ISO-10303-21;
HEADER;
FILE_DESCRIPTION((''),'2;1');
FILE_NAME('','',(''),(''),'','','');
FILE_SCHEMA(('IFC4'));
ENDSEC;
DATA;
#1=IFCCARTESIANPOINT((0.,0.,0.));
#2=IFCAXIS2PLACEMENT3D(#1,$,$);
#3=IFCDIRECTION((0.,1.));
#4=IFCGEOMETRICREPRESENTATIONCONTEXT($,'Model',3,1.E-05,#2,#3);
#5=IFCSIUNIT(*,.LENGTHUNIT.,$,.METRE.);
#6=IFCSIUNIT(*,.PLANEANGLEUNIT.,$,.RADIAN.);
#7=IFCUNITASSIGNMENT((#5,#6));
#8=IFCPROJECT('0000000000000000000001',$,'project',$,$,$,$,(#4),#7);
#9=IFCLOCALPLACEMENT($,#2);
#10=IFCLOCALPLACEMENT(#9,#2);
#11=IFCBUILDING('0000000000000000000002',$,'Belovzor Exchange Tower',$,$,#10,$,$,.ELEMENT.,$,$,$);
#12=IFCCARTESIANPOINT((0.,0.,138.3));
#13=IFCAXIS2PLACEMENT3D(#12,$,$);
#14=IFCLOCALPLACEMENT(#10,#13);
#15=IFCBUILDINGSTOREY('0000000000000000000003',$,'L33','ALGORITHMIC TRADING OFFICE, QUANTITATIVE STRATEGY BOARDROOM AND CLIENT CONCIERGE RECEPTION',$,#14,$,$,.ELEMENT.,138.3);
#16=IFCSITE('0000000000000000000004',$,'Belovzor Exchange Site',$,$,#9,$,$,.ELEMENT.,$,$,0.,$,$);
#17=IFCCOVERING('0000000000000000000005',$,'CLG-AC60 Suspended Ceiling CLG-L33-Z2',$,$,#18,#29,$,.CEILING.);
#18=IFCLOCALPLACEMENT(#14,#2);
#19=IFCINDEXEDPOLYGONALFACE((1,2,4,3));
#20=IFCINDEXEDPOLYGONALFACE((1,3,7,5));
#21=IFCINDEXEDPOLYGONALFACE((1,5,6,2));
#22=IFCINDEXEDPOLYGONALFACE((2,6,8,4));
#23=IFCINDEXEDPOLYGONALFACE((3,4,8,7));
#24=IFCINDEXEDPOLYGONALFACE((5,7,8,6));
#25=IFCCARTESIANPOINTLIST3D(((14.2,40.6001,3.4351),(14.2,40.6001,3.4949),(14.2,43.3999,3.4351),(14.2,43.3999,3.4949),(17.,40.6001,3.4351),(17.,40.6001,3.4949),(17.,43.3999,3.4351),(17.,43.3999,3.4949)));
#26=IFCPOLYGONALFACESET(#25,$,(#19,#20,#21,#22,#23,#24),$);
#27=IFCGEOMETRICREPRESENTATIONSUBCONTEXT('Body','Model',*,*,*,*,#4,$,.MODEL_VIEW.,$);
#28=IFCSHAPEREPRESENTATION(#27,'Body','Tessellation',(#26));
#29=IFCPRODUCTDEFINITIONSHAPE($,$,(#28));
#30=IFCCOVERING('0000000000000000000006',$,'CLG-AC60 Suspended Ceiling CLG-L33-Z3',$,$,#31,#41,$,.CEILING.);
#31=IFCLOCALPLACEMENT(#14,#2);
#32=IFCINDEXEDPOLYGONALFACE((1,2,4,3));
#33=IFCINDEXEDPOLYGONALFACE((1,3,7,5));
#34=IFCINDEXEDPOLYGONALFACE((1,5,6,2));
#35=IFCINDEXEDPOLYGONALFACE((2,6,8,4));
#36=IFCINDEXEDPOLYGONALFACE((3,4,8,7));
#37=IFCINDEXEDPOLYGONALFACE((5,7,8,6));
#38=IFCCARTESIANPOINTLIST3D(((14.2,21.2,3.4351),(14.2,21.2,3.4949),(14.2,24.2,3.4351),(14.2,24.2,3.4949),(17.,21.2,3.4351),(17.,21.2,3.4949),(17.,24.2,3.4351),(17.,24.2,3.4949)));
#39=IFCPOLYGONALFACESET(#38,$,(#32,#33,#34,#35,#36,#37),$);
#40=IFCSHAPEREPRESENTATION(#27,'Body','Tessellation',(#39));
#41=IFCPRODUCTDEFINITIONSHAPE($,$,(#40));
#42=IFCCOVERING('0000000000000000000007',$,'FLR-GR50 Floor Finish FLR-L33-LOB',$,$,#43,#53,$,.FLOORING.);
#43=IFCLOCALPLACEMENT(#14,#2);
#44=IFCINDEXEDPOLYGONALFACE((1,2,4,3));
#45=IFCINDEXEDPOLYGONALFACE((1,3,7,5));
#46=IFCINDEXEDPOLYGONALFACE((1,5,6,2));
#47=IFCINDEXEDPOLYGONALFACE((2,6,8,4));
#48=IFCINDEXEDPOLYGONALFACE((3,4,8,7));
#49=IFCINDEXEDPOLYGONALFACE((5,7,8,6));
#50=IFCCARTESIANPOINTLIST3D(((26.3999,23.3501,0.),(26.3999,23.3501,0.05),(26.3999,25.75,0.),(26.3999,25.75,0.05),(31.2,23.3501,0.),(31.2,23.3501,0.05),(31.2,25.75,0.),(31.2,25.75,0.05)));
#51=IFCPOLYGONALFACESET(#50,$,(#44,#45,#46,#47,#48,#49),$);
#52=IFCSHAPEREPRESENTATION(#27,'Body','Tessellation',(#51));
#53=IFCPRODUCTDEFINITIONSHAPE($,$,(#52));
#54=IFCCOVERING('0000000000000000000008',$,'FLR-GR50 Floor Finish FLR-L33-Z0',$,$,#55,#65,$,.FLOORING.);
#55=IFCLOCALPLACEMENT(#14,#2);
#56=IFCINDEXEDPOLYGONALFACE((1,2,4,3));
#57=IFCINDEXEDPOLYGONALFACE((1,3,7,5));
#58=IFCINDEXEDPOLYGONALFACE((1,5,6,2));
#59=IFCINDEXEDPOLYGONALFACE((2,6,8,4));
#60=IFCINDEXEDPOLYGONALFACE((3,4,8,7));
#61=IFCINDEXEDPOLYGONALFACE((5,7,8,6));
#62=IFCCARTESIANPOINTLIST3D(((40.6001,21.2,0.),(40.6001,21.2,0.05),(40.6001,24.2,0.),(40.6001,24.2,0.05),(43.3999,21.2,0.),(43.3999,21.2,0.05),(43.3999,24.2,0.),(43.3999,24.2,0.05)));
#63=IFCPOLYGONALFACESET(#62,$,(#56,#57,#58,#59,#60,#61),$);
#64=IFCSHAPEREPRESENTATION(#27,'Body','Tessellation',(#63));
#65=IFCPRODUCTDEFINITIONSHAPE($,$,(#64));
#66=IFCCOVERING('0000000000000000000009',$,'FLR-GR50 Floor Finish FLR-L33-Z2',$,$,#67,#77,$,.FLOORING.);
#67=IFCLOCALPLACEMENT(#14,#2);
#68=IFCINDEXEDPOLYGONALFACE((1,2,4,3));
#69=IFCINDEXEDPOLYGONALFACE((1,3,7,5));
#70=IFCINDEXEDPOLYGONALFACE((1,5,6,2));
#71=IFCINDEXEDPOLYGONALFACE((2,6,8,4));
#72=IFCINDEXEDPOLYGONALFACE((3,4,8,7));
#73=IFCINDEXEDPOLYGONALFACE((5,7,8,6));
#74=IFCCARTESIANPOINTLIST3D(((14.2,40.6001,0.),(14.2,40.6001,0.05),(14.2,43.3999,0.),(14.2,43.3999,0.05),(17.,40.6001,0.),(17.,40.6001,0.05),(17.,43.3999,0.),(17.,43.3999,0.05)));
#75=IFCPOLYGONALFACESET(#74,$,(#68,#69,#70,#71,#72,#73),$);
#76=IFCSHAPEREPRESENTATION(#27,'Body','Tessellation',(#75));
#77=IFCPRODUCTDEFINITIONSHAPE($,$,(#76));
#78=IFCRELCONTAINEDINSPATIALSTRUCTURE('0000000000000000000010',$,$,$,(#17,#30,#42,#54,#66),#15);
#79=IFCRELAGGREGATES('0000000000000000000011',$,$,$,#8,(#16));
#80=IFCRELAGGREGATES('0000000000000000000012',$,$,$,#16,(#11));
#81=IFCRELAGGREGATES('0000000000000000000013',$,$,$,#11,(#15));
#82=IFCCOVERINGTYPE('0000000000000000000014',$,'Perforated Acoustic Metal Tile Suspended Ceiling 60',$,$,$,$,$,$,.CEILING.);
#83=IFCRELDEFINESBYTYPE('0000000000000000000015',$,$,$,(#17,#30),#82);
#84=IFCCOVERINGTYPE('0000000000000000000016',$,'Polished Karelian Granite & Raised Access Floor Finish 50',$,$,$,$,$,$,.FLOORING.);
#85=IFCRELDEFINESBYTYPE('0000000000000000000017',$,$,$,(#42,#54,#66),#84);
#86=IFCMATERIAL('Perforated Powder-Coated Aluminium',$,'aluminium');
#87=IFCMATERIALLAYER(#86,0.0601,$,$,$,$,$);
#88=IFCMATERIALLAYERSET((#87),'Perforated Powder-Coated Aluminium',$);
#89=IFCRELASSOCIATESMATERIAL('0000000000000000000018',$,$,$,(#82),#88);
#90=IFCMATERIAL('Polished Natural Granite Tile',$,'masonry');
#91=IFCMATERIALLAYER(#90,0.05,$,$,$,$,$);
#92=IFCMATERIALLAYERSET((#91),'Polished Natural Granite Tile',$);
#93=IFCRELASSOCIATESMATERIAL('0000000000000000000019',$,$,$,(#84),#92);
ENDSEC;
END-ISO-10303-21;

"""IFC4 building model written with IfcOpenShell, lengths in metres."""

from ifc_helpers import new_model, si_unit, direction, frame, origin, place, context, subcontext, project, spatial, polyline, outline, extrude, material, layer, layer_set, type_object, element, save


model = new_model("IFC4")

# Units and contexts
model_context = context("Model", 3, precision=1e-05, world=origin(), true_north=direction((0.0, 1.0)))
body_context = subcontext(model_context, "Body", "Model", "MODEL_VIEW")
ifc_project = project(units=[si_unit("LENGTHUNIT", "METRE"), si_unit("PLANEANGLEUNIT", "RADIAN")], contexts=[model_context])

# Site, building, storey
site_placement = place(None, origin())
site = spatial("IfcSite", under=ifc_project, at=site_placement, Name="Belovzor Exchange Site", CompositionType="ELEMENT", RefElevation=0.0)
building_placement = place(site_placement, origin())
building = spatial("IfcBuilding", under=site, at=building_placement, Name="Belovzor Exchange Tower", CompositionType="ELEMENT")
storey_placement = place(building_placement, frame((0.0, 0.0, 138.3)))
storey = spatial("IfcBuildingStorey", under=building, at=storey_placement, Name="L33", Description="ALGORITHMIC TRADING OFFICE, QUANTITATIVE STRATEGY BOARDROOM AND CLIENT CONCIERGE RECEPTION", CompositionType="ELEMENT", Elevation=138.3)

# Coverings
ifc_material_1 = material(Name="Perforated Powder-Coated Aluminium", Category="aluminium")
ifc_layer_1 = layer(ifc_material_1, 0.0601)
ifc_layer_set_1 = layer_set([ifc_layer_1], Name="Perforated Powder-Coated Aluminium")
covering_type_1 = type_object("IfcCoveringType", Name="Perforated Acoustic Metal Tile Suspended Ceiling 60", PredefinedType="CEILING", material=ifc_layer_set_1)
covering_1_placement = place(storey_placement, frame((0.0, 0.0, 3.4351)))
element("IfcCovering", 1, at=covering_1_placement, inside=storey, type_object=covering_type_1, Name="CLG-AC60 Suspended Ceiling CLG-L33-Z2", PredefinedType="CEILING", context=body_context, shape_type="SweptSolid", body=[
    extrude(outline(polyline([(14.2, 40.6001), (17.0, 40.6001), (17.0, 43.3999), (14.2, 43.3999), (14.2, 40.6001)])), origin(), (0.0, 0.0, 1.0), 0.0598),
])
covering_2_placement = place(storey_placement, frame((0.0, 0.0, 3.4351)))
element("IfcCovering", 2, at=covering_2_placement, inside=storey, type_object=covering_type_1, Name="CLG-AC60 Suspended Ceiling CLG-L33-Z3", PredefinedType="CEILING", context=body_context, shape_type="SweptSolid", body=[
    extrude(outline(polyline([(14.2, 21.2), (17.0, 21.2), (17.0, 24.2), (14.2, 24.2), (14.2, 21.2)])), origin(), (0.0, 0.0, 1.0), 0.0598),
])
ifc_material_2 = material(Name="Polished Natural Granite Tile", Category="masonry")
ifc_layer_2 = layer(ifc_material_2, 0.05)
ifc_layer_set_2 = layer_set([ifc_layer_2], Name="Polished Natural Granite Tile")
covering_type_2 = type_object("IfcCoveringType", Name="Polished Karelian Granite & Raised Access Floor Finish 50", PredefinedType="FLOORING", material=ifc_layer_set_2)
covering_3_placement = place(storey_placement, origin())
element("IfcCovering", 3, at=covering_3_placement, inside=storey, type_object=covering_type_2, Name="FLR-GR50 Floor Finish FLR-L33-LOB", PredefinedType="FLOORING", context=body_context, shape_type="SweptSolid", body=[
    extrude(outline(polyline([(26.3999, 23.3501), (31.2, 23.3501), (31.2, 25.75), (26.3999, 25.75), (26.3999, 23.3501)])), origin(), (0.0, 0.0, 1.0), 0.05),
])
covering_4_placement = place(storey_placement, origin())
element("IfcCovering", 4, at=covering_4_placement, inside=storey, type_object=covering_type_2, Name="FLR-GR50 Floor Finish FLR-L33-Z0", PredefinedType="FLOORING", context=body_context, shape_type="SweptSolid", body=[
    extrude(outline(polyline([(40.6001, 21.2), (43.3999, 21.2), (43.3999, 24.2), (40.6001, 24.2), (40.6001, 21.2)])), origin(), (0.0, 0.0, 1.0), 0.05),
])
covering_5_placement = place(storey_placement, origin())
element("IfcCovering", 5, at=covering_5_placement, inside=storey, type_object=covering_type_2, Name="FLR-GR50 Floor Finish FLR-L33-Z2", PredefinedType="FLOORING", context=body_context, shape_type="SweptSolid", body=[
    extrude(outline(polyline([(14.2, 40.6001), (17.0, 40.6001), (17.0, 43.3999), (14.2, 43.3999), (14.2, 40.6001)])), origin(), (0.0, 0.0, 1.0), 0.05),
])

save(model, "model.ifc")
